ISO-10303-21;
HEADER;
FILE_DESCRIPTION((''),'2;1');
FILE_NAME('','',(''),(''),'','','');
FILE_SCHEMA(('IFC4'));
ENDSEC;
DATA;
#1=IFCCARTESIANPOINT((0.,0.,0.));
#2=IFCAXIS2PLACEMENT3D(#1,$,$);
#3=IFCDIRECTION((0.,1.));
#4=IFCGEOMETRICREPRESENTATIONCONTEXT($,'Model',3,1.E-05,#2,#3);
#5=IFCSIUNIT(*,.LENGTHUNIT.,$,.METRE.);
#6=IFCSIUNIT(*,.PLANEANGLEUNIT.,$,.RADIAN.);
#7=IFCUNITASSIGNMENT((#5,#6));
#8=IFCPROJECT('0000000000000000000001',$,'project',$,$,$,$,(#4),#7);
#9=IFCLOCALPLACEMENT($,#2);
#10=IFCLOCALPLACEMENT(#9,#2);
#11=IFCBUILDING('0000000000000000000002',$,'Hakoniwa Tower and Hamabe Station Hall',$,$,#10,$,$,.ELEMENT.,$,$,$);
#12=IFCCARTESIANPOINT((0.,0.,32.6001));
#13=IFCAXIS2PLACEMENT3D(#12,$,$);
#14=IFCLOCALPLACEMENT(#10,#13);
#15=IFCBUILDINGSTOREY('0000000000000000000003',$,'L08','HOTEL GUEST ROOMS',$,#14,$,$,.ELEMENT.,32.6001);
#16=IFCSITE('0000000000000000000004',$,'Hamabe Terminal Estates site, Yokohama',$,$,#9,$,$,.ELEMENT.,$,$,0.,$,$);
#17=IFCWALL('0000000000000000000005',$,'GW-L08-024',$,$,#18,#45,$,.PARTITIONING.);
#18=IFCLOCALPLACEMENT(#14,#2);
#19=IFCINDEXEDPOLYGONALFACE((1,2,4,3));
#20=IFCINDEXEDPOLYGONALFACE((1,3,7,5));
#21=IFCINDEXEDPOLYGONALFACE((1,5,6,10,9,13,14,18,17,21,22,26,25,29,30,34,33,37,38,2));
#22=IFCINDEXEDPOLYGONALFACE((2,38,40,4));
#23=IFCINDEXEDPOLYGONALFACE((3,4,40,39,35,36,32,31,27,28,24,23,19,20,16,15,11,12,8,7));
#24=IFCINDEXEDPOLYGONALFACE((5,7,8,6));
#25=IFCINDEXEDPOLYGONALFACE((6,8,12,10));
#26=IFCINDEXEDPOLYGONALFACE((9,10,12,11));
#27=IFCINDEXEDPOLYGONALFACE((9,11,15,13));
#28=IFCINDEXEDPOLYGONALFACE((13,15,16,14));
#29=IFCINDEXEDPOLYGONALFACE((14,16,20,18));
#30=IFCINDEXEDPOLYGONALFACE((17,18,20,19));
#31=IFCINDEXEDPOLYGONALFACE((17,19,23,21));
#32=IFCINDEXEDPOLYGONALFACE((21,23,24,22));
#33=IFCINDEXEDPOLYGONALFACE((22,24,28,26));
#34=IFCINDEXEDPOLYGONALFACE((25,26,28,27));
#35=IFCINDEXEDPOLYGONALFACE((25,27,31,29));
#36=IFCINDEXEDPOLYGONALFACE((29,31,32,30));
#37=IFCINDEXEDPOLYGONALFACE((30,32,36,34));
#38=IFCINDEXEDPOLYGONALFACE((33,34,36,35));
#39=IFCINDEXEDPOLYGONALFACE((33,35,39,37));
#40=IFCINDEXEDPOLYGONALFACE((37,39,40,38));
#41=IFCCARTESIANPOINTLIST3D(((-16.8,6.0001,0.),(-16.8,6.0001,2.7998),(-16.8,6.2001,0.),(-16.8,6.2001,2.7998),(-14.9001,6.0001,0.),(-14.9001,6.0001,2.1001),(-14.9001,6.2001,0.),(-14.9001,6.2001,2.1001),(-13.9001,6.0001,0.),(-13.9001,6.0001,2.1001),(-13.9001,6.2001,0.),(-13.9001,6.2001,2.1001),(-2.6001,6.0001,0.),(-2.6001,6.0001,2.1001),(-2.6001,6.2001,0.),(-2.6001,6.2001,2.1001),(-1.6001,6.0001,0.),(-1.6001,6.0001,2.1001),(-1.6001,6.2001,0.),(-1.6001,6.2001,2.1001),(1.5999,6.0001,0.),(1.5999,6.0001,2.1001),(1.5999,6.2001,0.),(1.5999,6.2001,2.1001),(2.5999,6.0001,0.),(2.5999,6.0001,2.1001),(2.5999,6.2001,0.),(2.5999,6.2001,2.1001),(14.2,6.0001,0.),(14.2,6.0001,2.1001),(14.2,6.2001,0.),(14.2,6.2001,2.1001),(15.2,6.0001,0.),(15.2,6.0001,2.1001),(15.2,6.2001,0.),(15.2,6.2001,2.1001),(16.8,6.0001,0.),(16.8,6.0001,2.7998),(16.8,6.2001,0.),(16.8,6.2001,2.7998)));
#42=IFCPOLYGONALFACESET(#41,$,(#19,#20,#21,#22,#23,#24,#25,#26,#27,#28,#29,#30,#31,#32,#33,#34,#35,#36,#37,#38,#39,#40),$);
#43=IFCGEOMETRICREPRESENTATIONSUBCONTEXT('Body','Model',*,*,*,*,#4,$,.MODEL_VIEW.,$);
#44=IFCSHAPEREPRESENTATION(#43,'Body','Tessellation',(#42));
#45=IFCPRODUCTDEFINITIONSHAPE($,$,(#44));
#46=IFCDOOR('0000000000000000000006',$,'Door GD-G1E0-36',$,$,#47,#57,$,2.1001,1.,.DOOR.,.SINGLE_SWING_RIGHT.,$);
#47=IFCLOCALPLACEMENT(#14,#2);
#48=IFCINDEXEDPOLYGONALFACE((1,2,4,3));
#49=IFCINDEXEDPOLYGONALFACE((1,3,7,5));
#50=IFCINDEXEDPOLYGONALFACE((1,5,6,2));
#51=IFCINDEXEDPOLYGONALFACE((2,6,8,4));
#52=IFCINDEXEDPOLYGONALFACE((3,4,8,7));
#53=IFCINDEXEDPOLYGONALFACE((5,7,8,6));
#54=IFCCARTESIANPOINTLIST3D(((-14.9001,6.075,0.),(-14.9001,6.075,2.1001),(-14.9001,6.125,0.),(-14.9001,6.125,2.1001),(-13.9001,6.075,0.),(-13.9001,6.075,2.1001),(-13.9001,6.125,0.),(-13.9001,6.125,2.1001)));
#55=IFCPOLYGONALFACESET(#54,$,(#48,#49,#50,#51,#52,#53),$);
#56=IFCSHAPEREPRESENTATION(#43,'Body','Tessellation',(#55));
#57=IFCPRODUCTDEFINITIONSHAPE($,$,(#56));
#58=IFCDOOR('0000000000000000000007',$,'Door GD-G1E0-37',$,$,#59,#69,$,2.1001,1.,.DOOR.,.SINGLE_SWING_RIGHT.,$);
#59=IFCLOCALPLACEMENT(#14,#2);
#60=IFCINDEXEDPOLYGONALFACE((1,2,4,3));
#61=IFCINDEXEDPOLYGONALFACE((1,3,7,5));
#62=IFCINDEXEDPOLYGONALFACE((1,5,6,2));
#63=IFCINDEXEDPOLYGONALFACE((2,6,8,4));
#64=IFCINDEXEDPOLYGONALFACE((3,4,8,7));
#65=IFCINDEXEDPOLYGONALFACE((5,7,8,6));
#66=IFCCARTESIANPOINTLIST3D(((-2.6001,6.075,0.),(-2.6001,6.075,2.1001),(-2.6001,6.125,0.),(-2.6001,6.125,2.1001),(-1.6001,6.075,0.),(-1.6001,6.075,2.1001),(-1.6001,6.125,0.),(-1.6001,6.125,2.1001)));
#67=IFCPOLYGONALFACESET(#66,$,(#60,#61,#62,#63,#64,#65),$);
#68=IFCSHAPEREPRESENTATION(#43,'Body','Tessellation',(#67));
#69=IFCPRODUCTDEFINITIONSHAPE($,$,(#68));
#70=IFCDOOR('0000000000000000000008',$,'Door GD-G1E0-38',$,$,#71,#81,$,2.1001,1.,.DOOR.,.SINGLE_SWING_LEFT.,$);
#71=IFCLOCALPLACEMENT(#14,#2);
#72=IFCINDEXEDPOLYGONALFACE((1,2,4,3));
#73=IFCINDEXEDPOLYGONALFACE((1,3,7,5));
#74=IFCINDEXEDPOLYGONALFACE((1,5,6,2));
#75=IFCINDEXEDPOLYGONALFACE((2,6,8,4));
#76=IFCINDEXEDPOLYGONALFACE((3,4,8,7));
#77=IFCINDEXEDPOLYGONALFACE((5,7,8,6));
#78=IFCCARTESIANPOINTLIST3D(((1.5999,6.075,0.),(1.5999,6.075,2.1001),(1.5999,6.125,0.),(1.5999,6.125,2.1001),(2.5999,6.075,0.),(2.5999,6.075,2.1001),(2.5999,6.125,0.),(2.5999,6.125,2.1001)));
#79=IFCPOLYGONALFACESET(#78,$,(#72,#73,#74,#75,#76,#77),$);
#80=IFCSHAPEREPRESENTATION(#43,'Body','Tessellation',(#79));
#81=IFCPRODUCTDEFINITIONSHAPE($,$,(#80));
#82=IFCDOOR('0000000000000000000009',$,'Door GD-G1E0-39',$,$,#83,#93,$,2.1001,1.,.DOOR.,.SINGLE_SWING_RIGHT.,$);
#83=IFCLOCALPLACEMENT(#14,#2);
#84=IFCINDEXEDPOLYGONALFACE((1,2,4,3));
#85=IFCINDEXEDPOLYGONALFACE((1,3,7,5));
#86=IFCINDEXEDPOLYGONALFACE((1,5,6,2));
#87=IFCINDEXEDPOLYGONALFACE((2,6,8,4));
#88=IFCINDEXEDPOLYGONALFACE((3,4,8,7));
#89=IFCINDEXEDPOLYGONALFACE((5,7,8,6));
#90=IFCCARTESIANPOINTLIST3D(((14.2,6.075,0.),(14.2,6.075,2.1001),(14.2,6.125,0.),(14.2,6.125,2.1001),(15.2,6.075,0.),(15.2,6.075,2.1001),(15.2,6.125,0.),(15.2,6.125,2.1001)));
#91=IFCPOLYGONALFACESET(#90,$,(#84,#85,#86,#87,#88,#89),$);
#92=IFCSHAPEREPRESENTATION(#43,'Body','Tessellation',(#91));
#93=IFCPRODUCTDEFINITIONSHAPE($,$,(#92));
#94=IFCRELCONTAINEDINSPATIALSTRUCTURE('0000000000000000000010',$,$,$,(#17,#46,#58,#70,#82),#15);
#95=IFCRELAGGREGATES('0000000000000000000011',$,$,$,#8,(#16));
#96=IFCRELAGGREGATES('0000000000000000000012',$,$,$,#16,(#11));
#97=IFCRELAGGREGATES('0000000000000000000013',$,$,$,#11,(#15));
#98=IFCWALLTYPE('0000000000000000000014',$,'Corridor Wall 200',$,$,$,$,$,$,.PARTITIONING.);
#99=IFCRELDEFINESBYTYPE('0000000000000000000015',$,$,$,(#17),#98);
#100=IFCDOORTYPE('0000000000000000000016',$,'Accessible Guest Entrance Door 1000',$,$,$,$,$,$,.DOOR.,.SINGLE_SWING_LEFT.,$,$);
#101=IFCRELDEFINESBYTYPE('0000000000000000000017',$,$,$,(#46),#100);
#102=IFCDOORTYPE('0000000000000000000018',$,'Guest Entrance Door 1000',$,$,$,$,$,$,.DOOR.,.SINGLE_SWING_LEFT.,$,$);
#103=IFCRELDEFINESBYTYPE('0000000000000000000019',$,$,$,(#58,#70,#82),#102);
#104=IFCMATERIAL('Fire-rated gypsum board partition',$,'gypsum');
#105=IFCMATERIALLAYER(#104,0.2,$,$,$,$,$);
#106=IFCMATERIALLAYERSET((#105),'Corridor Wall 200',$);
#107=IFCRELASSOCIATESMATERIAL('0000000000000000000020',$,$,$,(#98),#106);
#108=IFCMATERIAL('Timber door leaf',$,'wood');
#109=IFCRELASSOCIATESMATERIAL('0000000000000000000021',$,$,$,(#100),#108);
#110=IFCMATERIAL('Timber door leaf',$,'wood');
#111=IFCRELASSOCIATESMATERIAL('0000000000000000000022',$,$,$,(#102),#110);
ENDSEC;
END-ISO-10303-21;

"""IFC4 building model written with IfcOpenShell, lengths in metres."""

from ifc_helpers import new_model, si_unit, direction, frame, frame_2d, origin, place, context, subcontext, project, spatial, rectangle, extrude, material, layer, layer_set, type_object, element, fill, save


model = new_model("IFC4")

# Units and contexts
model_context = context("Model", 3, precision=1e-05, world=origin(), true_north=direction((0.0, 1.0)))
body_context = subcontext(model_context, "Body", "Model", "MODEL_VIEW")
ifc_project = project(units=[si_unit("LENGTHUNIT", "METRE"), si_unit("PLANEANGLEUNIT", "RADIAN")], contexts=[model_context])

# Site, building, storey
site_placement = place(None, origin())
site = spatial("IfcSite", under=ifc_project, at=site_placement, Name="Hamabe Terminal Estates site, Yokohama", CompositionType="ELEMENT", RefElevation=0.0)
building_placement = place(site_placement, origin())
building = spatial("IfcBuilding", under=site, at=building_placement, Name="Hakoniwa Tower and Hamabe Station Hall", CompositionType="ELEMENT")
storey_placement = place(building_placement, frame((0.0, 0.0, 32.6001)))
storey = spatial("IfcBuildingStorey", under=building, at=storey_placement, Name="L08", Description="HOTEL GUEST ROOMS", CompositionType="ELEMENT", Elevation=32.6001)

# Wall, openings, doors
ifc_material_1 = material(Name="Fire-rated gypsum board partition", Category="gypsum")
ifc_layer_1 = layer(ifc_material_1, 0.2)
ifc_layer_set_1 = layer_set([ifc_layer_1], Name="Corridor Wall 200")
wall_type_1 = type_object("IfcWallType", Name="Corridor Wall 200", PredefinedType="PARTITIONING", material=ifc_layer_set_1)
wall_1_placement = place(storey_placement, frame((-16.8, 6.1001, 0.0), z_axis=(0.0, 0.0, 1.0), x_axis=(1.0, 0.0, 0.0)))
wall_1 = element("IfcWall", 1, at=wall_1_placement, inside=storey, type_object=wall_type_1, Name="GW-L08-024", PredefinedType="PARTITIONING", context=body_context, shape_type="SweptSolid", body=[
    extrude(rectangle(XDim=33.6001, YDim=0.2, at=frame_2d((16.8, 0.0))), origin(), (0.0, 0.0, 1.0), 2.7998),
])
opening_1_placement = place(wall_1_placement, frame((1.8999, 0.0, 0.0)))
opening_1 = element("IfcOpeningElement", 2, at=opening_1_placement, cuts=wall_1, PredefinedType="OPENING", context=body_context, shape_type="SweptSolid", body=[
    extrude(rectangle(XDim=1.0, YDim=2.1001, at=frame_2d((0.5, 1.05))), frame((0.0, 0.1099, 0.0), z_axis=(0.0, -1.0, 0.0), x_axis=(1.0, 0.0, 0.0)), (0.0, 0.0, 1.0), 0.22),
])
opening_2_placement = place(wall_1_placement, frame((14.2, 0.0, 0.0)))
opening_2 = element("IfcOpeningElement", 3, at=opening_2_placement, cuts=wall_1, PredefinedType="OPENING", context=body_context, shape_type="SweptSolid", body=[
    extrude(rectangle(XDim=1.0, YDim=2.1001, at=frame_2d((0.5, 1.05))), frame((0.0, 0.1099, 0.0), z_axis=(0.0, -1.0, 0.0), x_axis=(1.0, 0.0, 0.0)), (0.0, 0.0, 1.0), 0.22),
])
opening_3_placement = place(wall_1_placement, frame((18.3999, 0.0, 0.0)))
opening_3 = element("IfcOpeningElement", 4, at=opening_3_placement, cuts=wall_1, PredefinedType="OPENING", context=body_context, shape_type="SweptSolid", body=[
    extrude(rectangle(XDim=1.0, YDim=2.1001, at=frame_2d((0.5, 1.05))), frame((0.0, 0.1099, 0.0), z_axis=(0.0, -1.0, 0.0), x_axis=(1.0, 0.0, 0.0)), (0.0, 0.0, 1.0), 0.22),
])
opening_4_placement = place(wall_1_placement, frame((31.0, 0.0, 0.0)))
opening_4 = element("IfcOpeningElement", 5, at=opening_4_placement, cuts=wall_1, PredefinedType="OPENING", context=body_context, shape_type="SweptSolid", body=[
    extrude(rectangle(XDim=1.0, YDim=2.1001, at=frame_2d((0.5, 1.05))), frame((0.0, 0.1099, 0.0), z_axis=(0.0, -1.0, 0.0), x_axis=(1.0, 0.0, 0.0)), (0.0, 0.0, 1.0), 0.22),
])
ifc_material_2 = material(Name="Timber door leaf", Category="wood")
door_type_1 = type_object("IfcDoorType", Name="Accessible Guest Entrance Door 1000", OperationType="SINGLE_SWING_LEFT", PredefinedType="DOOR", material=ifc_material_2)
door_1_placement = place(opening_1_placement, origin())
door_1 = element("IfcDoor", 6, at=door_1_placement, inside=storey, type_object=door_type_1, Name="Door GD-G1E0-36", OperationType="SINGLE_SWING_RIGHT", OverallHeight=2.1001, OverallWidth=1.0, PredefinedType="DOOR", context=body_context, shape_type="SweptSolid", body=[
    extrude(rectangle(XDim=1.0, YDim=2.1001, at=frame_2d((0.5, 1.05))), frame((0.0, 0.0249, 0.0), z_axis=(0.0, -1.0, 0.0), x_axis=(1.0, 0.0, 0.0)), (0.0, 0.0, 1.0), 0.05),
])
fill(opening_1, door_1)
ifc_material_3 = material(Name="Timber door leaf", Category="wood")
door_type_2 = type_object("IfcDoorType", Name="Guest Entrance Door 1000", OperationType="SINGLE_SWING_LEFT", PredefinedType="DOOR", material=ifc_material_3)
door_2_placement = place(opening_2_placement, origin())
door_2 = element("IfcDoor", 7, at=door_2_placement, inside=storey, type_object=door_type_2, Name="Door GD-G1E0-37", OperationType="SINGLE_SWING_RIGHT", OverallHeight=2.1001, OverallWidth=1.0, PredefinedType="DOOR", context=body_context, shape_type="SweptSolid", body=[
    extrude(rectangle(XDim=1.0, YDim=2.1001, at=frame_2d((0.5, 1.05))), frame((0.0, 0.0249, 0.0), z_axis=(0.0, -1.0, 0.0), x_axis=(1.0, 0.0, 0.0)), (0.0, 0.0, 1.0), 0.05),
])
fill(opening_2, door_2)
door_3_placement = place(opening_3_placement, origin())
door_3 = element("IfcDoor", 8, at=door_3_placement, inside=storey, type_object=door_type_2, Name="Door GD-G1E0-38", OperationType="SINGLE_SWING_LEFT", OverallHeight=2.1001, OverallWidth=1.0, PredefinedType="DOOR", context=body_context, shape_type="SweptSolid", body=[
    extrude(rectangle(XDim=1.0, YDim=2.1001, at=frame_2d((0.5, 1.05))), frame((0.0, 0.0249, 0.0), z_axis=(0.0, -1.0, 0.0), x_axis=(1.0, 0.0, 0.0)), (0.0, 0.0, 1.0), 0.05),
])
fill(opening_3, door_3)
door_4_placement = place(opening_4_placement, origin())
door_4 = element("IfcDoor", 9, at=door_4_placement, inside=storey, type_object=door_type_2, Name="Door GD-G1E0-39", OperationType="SINGLE_SWING_RIGHT", OverallHeight=2.1001, OverallWidth=1.0, PredefinedType="DOOR", context=body_context, shape_type="SweptSolid", body=[
    extrude(rectangle(XDim=1.0, YDim=2.1001, at=frame_2d((0.5, 1.05))), frame((0.0, 0.0249, 0.0), z_axis=(0.0, -1.0, 0.0), x_axis=(1.0, 0.0, 0.0)), (0.0, 0.0, 1.0), 0.05),
])
fill(opening_4, door_4)

save(model, "model.ifc")
